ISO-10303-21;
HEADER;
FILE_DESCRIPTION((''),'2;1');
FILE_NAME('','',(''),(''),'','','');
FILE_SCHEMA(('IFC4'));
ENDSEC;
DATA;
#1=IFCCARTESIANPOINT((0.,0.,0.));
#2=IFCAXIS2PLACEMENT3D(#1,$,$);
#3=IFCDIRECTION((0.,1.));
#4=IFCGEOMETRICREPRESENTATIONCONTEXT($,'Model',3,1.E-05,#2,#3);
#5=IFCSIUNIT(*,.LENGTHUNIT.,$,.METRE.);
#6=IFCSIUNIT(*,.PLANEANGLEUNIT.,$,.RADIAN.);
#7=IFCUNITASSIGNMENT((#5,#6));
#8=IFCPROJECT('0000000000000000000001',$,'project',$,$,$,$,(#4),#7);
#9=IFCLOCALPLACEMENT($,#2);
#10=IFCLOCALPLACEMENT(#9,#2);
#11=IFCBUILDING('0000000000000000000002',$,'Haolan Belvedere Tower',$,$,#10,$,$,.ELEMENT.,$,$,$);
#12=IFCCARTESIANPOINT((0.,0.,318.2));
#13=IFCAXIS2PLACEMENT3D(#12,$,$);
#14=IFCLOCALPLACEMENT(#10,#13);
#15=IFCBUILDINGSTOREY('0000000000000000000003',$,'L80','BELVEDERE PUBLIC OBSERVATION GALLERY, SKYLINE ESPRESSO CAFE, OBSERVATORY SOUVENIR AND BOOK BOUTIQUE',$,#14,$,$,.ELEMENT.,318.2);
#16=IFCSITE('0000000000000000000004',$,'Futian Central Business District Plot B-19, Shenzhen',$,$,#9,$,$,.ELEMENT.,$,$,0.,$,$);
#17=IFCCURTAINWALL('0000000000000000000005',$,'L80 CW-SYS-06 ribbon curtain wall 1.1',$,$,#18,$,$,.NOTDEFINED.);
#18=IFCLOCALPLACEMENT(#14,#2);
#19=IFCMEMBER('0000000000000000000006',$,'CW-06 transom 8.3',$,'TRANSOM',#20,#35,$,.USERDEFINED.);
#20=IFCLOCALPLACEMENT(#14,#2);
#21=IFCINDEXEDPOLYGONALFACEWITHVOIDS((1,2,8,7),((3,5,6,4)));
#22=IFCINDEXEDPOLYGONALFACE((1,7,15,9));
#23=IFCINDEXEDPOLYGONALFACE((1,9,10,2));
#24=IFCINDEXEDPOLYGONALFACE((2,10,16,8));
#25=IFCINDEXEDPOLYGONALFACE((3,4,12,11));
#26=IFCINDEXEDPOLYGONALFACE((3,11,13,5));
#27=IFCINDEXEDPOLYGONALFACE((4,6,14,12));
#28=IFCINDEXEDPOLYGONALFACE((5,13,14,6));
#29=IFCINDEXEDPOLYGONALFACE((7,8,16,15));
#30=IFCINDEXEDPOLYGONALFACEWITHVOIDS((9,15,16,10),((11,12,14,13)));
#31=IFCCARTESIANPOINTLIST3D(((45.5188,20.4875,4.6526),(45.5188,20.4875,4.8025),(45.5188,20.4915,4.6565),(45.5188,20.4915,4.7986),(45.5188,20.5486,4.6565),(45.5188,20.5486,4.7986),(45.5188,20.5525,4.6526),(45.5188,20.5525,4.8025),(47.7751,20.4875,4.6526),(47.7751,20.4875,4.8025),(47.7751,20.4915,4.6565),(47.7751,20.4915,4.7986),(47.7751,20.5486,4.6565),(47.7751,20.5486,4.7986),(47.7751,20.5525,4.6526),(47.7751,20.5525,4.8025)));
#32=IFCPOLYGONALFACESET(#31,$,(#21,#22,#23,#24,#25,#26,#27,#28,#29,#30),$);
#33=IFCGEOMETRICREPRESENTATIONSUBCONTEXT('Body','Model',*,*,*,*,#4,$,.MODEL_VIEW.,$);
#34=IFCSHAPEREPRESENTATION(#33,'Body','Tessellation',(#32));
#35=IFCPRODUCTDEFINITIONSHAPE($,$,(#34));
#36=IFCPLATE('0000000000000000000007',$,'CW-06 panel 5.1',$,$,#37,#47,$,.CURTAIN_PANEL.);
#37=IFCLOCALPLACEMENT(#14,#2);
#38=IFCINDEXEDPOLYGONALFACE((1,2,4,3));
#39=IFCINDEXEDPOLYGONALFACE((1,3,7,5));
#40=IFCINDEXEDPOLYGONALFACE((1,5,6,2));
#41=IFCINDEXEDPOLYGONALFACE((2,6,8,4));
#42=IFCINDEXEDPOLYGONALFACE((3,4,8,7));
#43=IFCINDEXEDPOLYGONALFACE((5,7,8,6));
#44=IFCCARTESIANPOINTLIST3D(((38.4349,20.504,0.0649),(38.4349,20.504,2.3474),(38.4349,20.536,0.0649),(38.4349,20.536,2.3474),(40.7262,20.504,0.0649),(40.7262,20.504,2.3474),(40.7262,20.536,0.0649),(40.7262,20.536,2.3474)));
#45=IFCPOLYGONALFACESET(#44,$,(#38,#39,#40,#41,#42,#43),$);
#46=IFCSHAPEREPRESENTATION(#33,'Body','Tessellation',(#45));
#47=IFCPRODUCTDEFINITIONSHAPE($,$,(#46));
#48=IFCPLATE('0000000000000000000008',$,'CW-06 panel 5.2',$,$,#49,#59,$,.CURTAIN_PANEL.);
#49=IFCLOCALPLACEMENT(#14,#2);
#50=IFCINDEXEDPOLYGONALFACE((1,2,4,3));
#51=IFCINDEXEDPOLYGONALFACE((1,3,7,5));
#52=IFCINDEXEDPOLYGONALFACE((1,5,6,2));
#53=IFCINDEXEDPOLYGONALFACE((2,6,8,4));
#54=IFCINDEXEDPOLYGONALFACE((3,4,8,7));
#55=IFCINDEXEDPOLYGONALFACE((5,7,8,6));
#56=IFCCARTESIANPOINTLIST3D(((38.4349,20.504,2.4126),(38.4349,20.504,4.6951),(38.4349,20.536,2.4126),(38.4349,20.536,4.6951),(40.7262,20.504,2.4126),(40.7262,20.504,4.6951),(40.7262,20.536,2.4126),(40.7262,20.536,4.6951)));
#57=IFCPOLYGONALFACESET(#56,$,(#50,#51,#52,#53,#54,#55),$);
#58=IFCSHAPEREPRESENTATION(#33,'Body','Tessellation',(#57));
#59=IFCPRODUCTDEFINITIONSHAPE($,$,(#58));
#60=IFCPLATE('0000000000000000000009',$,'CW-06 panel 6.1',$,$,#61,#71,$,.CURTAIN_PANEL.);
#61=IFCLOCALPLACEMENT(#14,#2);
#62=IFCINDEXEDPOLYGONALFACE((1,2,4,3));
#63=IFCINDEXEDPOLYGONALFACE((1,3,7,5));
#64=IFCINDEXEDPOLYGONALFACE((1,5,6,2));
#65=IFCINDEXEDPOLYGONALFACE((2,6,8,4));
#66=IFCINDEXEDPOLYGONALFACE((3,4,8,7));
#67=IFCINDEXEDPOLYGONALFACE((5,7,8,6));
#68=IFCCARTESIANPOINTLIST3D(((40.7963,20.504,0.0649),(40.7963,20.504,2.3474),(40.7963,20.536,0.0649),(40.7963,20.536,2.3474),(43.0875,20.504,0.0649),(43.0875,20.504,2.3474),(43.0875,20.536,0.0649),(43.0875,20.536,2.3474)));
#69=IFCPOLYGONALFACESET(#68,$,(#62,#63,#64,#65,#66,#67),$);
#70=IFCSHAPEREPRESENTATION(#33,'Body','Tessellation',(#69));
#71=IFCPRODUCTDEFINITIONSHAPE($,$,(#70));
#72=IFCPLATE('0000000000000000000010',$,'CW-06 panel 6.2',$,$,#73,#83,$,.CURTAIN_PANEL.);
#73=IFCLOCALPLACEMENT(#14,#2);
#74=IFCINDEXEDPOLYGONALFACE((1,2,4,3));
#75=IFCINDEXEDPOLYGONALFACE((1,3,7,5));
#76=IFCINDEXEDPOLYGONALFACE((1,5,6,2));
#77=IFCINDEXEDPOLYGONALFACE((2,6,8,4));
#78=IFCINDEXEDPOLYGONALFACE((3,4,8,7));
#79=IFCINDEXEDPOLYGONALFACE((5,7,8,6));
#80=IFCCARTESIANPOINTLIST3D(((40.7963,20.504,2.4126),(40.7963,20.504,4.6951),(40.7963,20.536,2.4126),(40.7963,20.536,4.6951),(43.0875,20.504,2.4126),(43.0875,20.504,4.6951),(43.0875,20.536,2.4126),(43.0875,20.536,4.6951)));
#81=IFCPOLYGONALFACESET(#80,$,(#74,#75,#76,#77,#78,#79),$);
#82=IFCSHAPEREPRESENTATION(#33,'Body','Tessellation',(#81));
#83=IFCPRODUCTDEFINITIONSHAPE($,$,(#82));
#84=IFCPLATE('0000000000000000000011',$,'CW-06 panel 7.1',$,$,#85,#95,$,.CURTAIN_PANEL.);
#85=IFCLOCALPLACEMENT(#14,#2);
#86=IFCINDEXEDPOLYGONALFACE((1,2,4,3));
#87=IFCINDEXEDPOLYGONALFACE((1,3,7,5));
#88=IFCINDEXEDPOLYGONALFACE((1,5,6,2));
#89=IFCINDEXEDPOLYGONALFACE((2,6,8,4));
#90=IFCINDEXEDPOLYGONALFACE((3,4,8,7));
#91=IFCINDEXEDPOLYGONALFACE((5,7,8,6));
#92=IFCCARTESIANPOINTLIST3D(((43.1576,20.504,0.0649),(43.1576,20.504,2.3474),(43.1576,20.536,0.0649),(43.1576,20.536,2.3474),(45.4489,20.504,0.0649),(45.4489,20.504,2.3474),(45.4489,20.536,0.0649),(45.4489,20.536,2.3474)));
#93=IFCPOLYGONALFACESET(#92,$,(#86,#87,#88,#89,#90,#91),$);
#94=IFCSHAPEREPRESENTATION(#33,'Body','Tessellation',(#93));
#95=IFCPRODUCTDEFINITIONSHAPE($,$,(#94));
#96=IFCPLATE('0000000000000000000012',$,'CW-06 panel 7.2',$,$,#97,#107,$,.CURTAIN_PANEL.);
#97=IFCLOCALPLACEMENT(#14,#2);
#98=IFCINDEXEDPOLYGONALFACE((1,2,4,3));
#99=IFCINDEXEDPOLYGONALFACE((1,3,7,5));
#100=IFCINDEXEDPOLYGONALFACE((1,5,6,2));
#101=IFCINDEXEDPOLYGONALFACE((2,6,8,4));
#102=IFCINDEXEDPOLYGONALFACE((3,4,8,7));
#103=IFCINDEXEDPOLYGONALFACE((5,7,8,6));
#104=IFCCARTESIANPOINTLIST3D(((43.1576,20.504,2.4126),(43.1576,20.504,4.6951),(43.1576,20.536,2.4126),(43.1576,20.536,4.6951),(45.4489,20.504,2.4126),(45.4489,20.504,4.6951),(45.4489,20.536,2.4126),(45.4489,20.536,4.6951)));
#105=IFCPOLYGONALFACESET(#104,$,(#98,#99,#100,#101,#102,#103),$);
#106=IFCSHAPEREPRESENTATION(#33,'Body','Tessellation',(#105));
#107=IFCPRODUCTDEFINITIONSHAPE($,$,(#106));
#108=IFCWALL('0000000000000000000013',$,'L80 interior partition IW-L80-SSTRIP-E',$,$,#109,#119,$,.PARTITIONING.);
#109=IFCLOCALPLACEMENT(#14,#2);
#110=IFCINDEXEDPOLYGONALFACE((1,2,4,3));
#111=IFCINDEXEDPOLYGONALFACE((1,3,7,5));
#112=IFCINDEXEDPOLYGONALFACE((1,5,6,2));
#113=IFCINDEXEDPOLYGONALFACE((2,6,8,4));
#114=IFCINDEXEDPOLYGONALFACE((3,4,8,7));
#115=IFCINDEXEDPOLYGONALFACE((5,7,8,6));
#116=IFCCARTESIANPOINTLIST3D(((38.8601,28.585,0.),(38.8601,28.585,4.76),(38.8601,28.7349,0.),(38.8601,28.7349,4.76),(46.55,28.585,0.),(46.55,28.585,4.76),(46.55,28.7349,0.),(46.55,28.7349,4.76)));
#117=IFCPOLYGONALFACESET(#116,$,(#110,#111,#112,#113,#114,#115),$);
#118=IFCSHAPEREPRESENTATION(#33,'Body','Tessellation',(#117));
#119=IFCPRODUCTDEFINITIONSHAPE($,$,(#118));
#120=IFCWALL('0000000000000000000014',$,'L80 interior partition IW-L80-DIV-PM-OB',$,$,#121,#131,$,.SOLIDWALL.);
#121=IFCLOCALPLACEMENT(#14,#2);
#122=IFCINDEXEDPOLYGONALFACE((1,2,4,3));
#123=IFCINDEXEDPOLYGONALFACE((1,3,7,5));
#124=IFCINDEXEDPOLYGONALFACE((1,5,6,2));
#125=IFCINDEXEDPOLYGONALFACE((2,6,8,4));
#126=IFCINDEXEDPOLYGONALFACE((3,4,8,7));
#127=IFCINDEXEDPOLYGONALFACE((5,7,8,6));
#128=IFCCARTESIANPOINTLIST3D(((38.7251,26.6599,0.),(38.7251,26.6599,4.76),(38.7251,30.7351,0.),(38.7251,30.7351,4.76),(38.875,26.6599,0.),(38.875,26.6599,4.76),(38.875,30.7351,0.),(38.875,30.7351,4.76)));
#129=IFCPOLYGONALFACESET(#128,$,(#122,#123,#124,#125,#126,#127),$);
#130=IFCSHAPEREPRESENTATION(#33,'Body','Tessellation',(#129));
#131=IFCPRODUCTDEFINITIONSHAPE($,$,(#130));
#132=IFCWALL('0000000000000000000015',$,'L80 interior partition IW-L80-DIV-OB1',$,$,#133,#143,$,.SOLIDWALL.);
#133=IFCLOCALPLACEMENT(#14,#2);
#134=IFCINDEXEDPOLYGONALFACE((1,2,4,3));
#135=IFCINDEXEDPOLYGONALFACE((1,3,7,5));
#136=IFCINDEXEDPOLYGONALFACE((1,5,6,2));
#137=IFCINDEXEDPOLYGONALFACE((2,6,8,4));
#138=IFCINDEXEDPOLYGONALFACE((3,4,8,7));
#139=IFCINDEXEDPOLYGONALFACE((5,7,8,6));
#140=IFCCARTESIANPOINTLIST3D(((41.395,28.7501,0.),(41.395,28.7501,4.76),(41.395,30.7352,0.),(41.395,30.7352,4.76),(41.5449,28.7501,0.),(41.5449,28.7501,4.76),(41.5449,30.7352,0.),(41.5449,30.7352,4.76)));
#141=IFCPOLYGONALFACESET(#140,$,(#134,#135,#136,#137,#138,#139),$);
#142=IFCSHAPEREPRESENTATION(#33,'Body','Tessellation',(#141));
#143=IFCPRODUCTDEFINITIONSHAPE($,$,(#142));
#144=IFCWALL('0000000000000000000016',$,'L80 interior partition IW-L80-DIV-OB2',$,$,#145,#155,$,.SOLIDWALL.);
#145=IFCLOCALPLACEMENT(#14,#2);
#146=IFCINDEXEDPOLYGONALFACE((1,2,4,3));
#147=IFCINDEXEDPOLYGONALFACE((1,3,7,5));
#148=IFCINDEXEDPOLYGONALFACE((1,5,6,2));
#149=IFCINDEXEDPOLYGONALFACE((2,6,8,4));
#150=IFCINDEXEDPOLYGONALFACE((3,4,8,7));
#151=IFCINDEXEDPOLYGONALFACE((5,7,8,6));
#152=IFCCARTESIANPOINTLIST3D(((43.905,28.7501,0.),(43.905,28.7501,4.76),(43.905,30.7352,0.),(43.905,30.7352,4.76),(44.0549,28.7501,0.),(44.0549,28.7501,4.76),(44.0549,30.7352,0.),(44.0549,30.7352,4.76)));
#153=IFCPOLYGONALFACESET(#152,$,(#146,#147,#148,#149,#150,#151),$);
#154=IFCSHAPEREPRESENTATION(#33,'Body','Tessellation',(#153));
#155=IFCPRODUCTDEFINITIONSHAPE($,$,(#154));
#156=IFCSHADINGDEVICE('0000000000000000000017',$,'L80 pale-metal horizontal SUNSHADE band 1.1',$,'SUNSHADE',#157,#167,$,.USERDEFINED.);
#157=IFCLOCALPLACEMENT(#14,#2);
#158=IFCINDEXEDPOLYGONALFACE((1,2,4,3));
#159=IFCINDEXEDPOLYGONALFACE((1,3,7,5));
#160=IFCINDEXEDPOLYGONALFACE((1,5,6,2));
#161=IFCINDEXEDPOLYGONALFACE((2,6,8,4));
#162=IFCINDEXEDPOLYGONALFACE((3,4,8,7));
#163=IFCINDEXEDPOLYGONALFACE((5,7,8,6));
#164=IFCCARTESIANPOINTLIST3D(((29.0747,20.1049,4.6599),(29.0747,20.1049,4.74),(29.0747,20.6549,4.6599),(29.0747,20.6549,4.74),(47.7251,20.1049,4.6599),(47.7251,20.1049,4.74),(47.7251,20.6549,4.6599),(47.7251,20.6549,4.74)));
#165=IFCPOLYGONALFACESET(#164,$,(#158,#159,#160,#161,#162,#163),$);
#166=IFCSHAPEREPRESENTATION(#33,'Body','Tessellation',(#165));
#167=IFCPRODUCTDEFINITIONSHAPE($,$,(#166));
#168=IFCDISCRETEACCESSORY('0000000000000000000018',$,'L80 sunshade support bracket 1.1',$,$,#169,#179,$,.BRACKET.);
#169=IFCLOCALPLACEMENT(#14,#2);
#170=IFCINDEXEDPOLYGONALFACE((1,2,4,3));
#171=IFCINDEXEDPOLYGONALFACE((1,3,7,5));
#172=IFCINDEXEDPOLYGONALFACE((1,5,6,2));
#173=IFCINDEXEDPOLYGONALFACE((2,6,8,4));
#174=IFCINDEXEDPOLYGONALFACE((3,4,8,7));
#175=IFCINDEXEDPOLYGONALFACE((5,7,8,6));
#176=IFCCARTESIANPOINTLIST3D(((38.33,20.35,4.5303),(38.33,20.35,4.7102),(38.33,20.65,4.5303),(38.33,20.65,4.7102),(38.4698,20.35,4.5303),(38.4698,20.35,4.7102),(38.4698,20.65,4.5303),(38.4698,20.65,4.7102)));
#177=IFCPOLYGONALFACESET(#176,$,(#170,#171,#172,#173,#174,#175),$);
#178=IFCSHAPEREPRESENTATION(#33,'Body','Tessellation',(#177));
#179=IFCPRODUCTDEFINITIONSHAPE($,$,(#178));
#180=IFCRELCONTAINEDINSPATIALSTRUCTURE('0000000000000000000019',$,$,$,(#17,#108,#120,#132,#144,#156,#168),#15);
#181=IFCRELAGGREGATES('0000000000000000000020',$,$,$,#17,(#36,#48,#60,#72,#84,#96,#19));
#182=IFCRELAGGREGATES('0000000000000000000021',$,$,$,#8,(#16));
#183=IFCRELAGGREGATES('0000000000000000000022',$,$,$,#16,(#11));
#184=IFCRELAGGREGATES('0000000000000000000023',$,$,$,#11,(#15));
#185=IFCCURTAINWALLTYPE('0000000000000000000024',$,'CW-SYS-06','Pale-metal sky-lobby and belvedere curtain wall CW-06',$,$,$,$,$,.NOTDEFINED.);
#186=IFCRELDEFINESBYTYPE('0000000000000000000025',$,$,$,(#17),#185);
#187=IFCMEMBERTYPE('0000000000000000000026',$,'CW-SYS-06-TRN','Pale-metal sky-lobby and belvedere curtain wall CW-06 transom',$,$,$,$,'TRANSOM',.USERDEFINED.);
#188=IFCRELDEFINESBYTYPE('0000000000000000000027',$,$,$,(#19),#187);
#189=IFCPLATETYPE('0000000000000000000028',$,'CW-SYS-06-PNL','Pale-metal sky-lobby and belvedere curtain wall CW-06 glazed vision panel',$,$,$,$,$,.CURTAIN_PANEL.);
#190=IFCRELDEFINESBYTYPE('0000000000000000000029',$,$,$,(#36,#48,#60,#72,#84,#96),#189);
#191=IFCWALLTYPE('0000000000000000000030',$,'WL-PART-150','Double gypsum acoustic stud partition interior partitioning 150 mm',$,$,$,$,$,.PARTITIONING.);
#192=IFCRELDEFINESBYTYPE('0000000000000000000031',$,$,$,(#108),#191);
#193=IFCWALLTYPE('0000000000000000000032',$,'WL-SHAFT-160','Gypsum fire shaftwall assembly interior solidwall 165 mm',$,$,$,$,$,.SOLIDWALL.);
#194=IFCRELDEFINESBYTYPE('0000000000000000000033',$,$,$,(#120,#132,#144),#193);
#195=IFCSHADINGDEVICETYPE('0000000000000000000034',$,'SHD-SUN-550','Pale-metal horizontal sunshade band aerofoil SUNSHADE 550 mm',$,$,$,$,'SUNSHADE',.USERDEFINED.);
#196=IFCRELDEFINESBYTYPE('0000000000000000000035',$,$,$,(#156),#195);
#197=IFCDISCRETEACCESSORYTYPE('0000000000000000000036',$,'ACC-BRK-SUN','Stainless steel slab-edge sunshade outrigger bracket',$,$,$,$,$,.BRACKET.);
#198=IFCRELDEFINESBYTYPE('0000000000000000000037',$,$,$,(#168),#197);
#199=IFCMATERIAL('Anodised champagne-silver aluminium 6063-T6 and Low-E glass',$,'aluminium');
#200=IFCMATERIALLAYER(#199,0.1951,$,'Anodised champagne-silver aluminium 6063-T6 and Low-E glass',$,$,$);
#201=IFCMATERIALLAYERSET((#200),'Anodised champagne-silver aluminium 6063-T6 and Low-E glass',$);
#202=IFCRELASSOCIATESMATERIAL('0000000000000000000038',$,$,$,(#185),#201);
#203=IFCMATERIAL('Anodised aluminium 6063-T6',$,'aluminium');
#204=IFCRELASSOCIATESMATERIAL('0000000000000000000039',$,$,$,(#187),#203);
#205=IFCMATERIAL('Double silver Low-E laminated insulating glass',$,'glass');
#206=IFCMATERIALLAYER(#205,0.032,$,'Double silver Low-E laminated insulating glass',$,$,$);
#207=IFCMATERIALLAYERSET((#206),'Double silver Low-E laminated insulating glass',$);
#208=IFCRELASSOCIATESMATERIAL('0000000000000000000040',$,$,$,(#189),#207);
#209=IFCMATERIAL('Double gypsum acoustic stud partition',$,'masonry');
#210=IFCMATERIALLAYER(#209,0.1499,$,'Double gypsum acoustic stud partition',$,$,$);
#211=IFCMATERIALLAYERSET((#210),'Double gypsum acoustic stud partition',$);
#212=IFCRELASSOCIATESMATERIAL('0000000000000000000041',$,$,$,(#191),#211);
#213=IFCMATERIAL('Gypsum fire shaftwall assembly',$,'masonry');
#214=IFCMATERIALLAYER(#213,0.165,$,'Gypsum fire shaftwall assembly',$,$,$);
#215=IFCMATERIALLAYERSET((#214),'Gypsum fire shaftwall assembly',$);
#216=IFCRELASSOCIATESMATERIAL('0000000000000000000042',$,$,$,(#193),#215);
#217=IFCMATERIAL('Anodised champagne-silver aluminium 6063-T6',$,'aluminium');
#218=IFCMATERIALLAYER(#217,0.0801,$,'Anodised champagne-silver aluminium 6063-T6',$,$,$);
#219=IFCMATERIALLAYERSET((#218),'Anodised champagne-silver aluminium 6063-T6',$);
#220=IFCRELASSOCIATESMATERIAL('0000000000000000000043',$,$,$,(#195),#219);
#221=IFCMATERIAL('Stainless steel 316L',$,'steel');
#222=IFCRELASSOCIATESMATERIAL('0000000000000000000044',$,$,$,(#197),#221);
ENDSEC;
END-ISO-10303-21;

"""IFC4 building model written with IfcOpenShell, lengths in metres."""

from ifc_helpers import new_model, si_unit, direction, frame, frame_2d, origin, origin_2d, place, context, subcontext, project, spatial, rectangle, hollow_rectangle, extrude, material, layer, layer_set, material_profile, profile_set, type_object, element, aggregate, save


model = new_model("IFC4")

# Units and contexts
model_context = context("Model", 3, precision=1e-05, world=origin(), true_north=direction((0.0, 1.0)))
body_context = subcontext(model_context, "Body", "Model", "MODEL_VIEW")
ifc_project = project(units=[si_unit("LENGTHUNIT", "METRE"), si_unit("PLANEANGLEUNIT", "RADIAN")], contexts=[model_context])

# Site, building, storey
site_placement = place(None, origin())
site = spatial("IfcSite", under=ifc_project, at=site_placement, Name="Futian Central Business District Plot B-19, Shenzhen", CompositionType="ELEMENT", RefElevation=0.0)
building_placement = place(site_placement, origin())
building = spatial("IfcBuilding", under=site, at=building_placement, Name="Haolan Belvedere Tower", CompositionType="ELEMENT")
storey_placement = place(building_placement, frame((0.0, 0.0, 318.2)))
storey = spatial("IfcBuildingStorey", under=building, at=storey_placement, Name="L80", Description="BELVEDERE PUBLIC OBSERVATION GALLERY, SKYLINE ESPRESSO CAFE, OBSERVATORY SOUVENIR AND BOOK BOUTIQUE", CompositionType="ELEMENT", Elevation=318.2)

# Curtain wall, member, plates
ifc_material_1 = material(Name="Anodised champagne-silver aluminium 6063-T6 and Low-E glass", Category="aluminium")
ifc_layer_1 = layer(ifc_material_1, 0.1951, Name="Anodised champagne-silver aluminium 6063-T6 and Low-E glass")
ifc_layer_set_1 = layer_set([ifc_layer_1], Name="Anodised champagne-silver aluminium 6063-T6 and Low-E glass")
curtain_wall_type = type_object("IfcCurtainWallType", Name="CW-SYS-06", Description="Pale-metal sky-lobby and belvedere curtain wall CW-06", PredefinedType="NOTDEFINED", material=ifc_layer_set_1)
curtain_wall_placement = place(storey_placement, origin())
curtain_wall = element("IfcCurtainWall", 1, at=curtain_wall_placement, inside=storey, type_object=curtain_wall_type, Name="L80 CW-SYS-06 ribbon curtain wall 1.1", PredefinedType="NOTDEFINED")
ifc_material_2 = material(Name="Anodised aluminium 6063-T6", Category="aluminium")
ifc_material_profile_1 = material_profile(ifc_material_2, hollow_rectangle(XDim=0.0649, YDim=0.1499, WallThickness=0.0039, at=origin_2d()), Name="Anodised aluminium 6063-T6")
ifc_profile_set_1 = profile_set([ifc_material_profile_1], Name="Anodised aluminium 6063-T6")
member_type_1 = type_object("IfcMemberType", Name="CW-SYS-06-TRN", Description="Pale-metal sky-lobby and belvedere curtain wall CW-06 transom", ElementType="TRANSOM", PredefinedType="USERDEFINED", material=ifc_profile_set_1)
member_1_placement = place(storey_placement, frame((45.5188, 20.52, 4.7275), z_axis=(1.0, 0.0, 0.0), x_axis=(0.0, 1.0, 0.0)))
member_1 = element("IfcMember", 2, at=member_1_placement, type_object=member_type_1, Name="CW-06 transom 8.3", ObjectType="TRANSOM", PredefinedType="USERDEFINED", context=body_context, shape_type="SweptSolid", body=[
    extrude(hollow_rectangle(XDim=0.0649, YDim=0.1499, WallThickness=0.0039, at=origin_2d()), origin(), (0.0, 0.0, 1.0), 2.2563),
])
ifc_material_3 = material(Name="Double silver Low-E laminated insulating glass", Category="glass")
ifc_layer_2 = layer(ifc_material_3, 0.032, Name="Double silver Low-E laminated insulating glass")
ifc_layer_set_2 = layer_set([ifc_layer_2], Name="Double silver Low-E laminated insulating glass")
plate_type = type_object("IfcPlateType", Name="CW-SYS-06-PNL", Description="Pale-metal sky-lobby and belvedere curtain wall CW-06 glazed vision panel", PredefinedType="CURTAIN_PANEL", material=ifc_layer_set_2)
plate_1_placement = place(storey_placement, frame((39.5806, 20.52, 0.0649), z_axis=(0.0, 0.0, 1.0), x_axis=(1.0, 0.0, 0.0)))
plate_1 = element("IfcPlate", 3, at=plate_1_placement, type_object=plate_type, Name="CW-06 panel 5.1", PredefinedType="CURTAIN_PANEL", context=body_context, shape_type="SweptSolid", body=[
    extrude(rectangle(XDim=2.2913, YDim=0.032, at=origin_2d()), origin(), (0.0, 0.0, 1.0), 2.2825),
])
plate_2_placement = place(storey_placement, frame((39.5806, 20.52, 2.4126), z_axis=(0.0, 0.0, 1.0), x_axis=(1.0, 0.0, 0.0)))
plate_2 = element("IfcPlate", 4, at=plate_2_placement, type_object=plate_type, Name="CW-06 panel 5.2", PredefinedType="CURTAIN_PANEL", context=body_context, shape_type="SweptSolid", body=[
    extrude(rectangle(XDim=2.2913, YDim=0.032, at=origin_2d()), origin(), (0.0, 0.0, 1.0), 2.2825),
])
plate_3_placement = place(storey_placement, frame((41.9419, 20.52, 0.0649), z_axis=(0.0, 0.0, 1.0), x_axis=(1.0, 0.0, 0.0)))
plate_3 = element("IfcPlate", 5, at=plate_3_placement, type_object=plate_type, Name="CW-06 panel 6.1", PredefinedType="CURTAIN_PANEL", context=body_context, shape_type="SweptSolid", body=[
    extrude(rectangle(XDim=2.2913, YDim=0.032, at=origin_2d()), origin(), (0.0, 0.0, 1.0), 2.2825),
])
plate_4_placement = place(storey_placement, frame((41.9419, 20.52, 2.4126), z_axis=(0.0, 0.0, 1.0), x_axis=(1.0, 0.0, 0.0)))
plate_4 = element("IfcPlate", 6, at=plate_4_placement, type_object=plate_type, Name="CW-06 panel 6.2", PredefinedType="CURTAIN_PANEL", context=body_context, shape_type="SweptSolid", body=[
    extrude(rectangle(XDim=2.2913, YDim=0.032, at=origin_2d()), origin(), (0.0, 0.0, 1.0), 2.2825),
])
plate_5_placement = place(storey_placement, frame((44.3032, 20.52, 0.0649), z_axis=(0.0, 0.0, 1.0), x_axis=(1.0, 0.0, 0.0)))
plate_5 = element("IfcPlate", 7, at=plate_5_placement, type_object=plate_type, Name="CW-06 panel 7.1", PredefinedType="CURTAIN_PANEL", context=body_context, shape_type="SweptSolid", body=[
    extrude(rectangle(XDim=2.2913, YDim=0.032, at=origin_2d()), origin(), (0.0, 0.0, 1.0), 2.2825),
])
plate_6_placement = place(storey_placement, frame((44.3032, 20.52, 2.4126), z_axis=(0.0, 0.0, 1.0), x_axis=(1.0, 0.0, 0.0)))
plate_6 = element("IfcPlate", 8, at=plate_6_placement, type_object=plate_type, Name="CW-06 panel 7.2", PredefinedType="CURTAIN_PANEL", context=body_context, shape_type="SweptSolid", body=[
    extrude(rectangle(XDim=2.2913, YDim=0.032, at=origin_2d()), origin(), (0.0, 0.0, 1.0), 2.2825),
])
aggregate(curtain_wall, [plate_1, plate_2, plate_3, plate_4, plate_5, plate_6, member_1])

# Walls
ifc_material_4 = material(Name="Double gypsum acoustic stud partition", Category="masonry")
ifc_layer_3 = layer(ifc_material_4, 0.1499, Name="Double gypsum acoustic stud partition")
ifc_layer_set_3 = layer_set([ifc_layer_3], Name="Double gypsum acoustic stud partition")
wall_type_1 = type_object("IfcWallType", Name="WL-PART-150", Description="Double gypsum acoustic stud partition interior partitioning 150 mm", PredefinedType="PARTITIONING", material=ifc_layer_set_3)
wall_1_placement = place(storey_placement, frame((38.8601, 28.6599, 0.0), z_axis=(0.0, 0.0, 1.0), x_axis=(1.0, 0.0, 0.0)))
element("IfcWall", 9, at=wall_1_placement, inside=storey, type_object=wall_type_1, Name="L80 interior partition IW-L80-SSTRIP-E", PredefinedType="PARTITIONING", context=body_context, shape_type="SweptSolid", body=[
    extrude(rectangle(XDim=7.6899, YDim=0.1499, at=frame_2d((3.845, 0.0))), origin(), (0.0, 0.0, 1.0), 4.76),
])
ifc_material_5 = material(Name="Gypsum fire shaftwall assembly", Category="masonry")
ifc_layer_4 = layer(ifc_material_5, 0.165, Name="Gypsum fire shaftwall assembly")
ifc_layer_set_4 = layer_set([ifc_layer_4], Name="Gypsum fire shaftwall assembly")
wall_type_2 = type_object("IfcWallType", Name="WL-SHAFT-160", Description="Gypsum fire shaftwall assembly interior solidwall 165 mm", PredefinedType="SOLIDWALL", material=ifc_layer_set_4)
wall_2_placement = place(storey_placement, frame((38.8, 26.6599, 0.0), z_axis=(0.0, 0.0, 1.0), x_axis=(0.0, 1.0, 0.0)))
element("IfcWall", 10, at=wall_2_placement, inside=storey, type_object=wall_type_2, Name="L80 interior partition IW-L80-DIV-PM-OB", PredefinedType="SOLIDWALL", context=body_context, shape_type="SweptSolid", body=[
    extrude(rectangle(XDim=4.0752, YDim=0.1499, at=frame_2d((2.0376, 0.0))), origin(), (0.0, 0.0, 1.0), 4.76),
])
for number, where, z_axis, x_axis, name in (
    (11, (41.47, 28.75, 0.0), (0.0, 0.0, 1.0), (0.0, 1.0, 0.0), "L80 interior partition IW-L80-DIV-OB1"),
    (12, (43.98, 28.75, 0.0), (0.0, 0.0, 1.0), (0.0, 1.0, 0.0), "L80 interior partition IW-L80-DIV-OB2"),
):
    element("IfcWall", number, at=place(storey_placement, frame(where, z_axis=z_axis, x_axis=x_axis)), inside=storey, type_object=wall_type_2, Name=name, PredefinedType="SOLIDWALL", context=body_context, shape_type="SweptSolid", body=[
        extrude(rectangle(XDim=1.9851, YDim=0.1499, at=frame_2d((0.9927, 0.0))), origin(), (0.0, 0.0, 1.0), 4.76),
    ])

# Shading device
ifc_material_6 = material(Name="Anodised champagne-silver aluminium 6063-T6", Category="aluminium")
ifc_layer_5 = layer(ifc_material_6, 0.0801, Name="Anodised champagne-silver aluminium 6063-T6")
ifc_layer_set_5 = layer_set([ifc_layer_5], Name="Anodised champagne-silver aluminium 6063-T6")
shading_device_type = type_object("IfcShadingDeviceType", Name="SHD-SUN-550", Description="Pale-metal horizontal sunshade band aerofoil SUNSHADE 550 mm", ElementType="SUNSHADE", PredefinedType="USERDEFINED", material=ifc_layer_set_5)
shading_device_placement = place(storey_placement, frame((38.3999, 20.3799, 4.6599), z_axis=(0.0, 0.0, 1.0), x_axis=(1.0, 0.0, 0.0)))
element("IfcShadingDevice", 13, at=shading_device_placement, inside=storey, type_object=shading_device_type, Name="L80 pale-metal horizontal SUNSHADE band 1.1", ObjectType="SUNSHADE", PredefinedType="USERDEFINED", context=body_context, shape_type="SweptSolid", body=[
    extrude(rectangle(XDim=18.6504, YDim=0.55, at=origin_2d()), origin(), (0.0, 0.0, 1.0), 0.0801),
])

# Discrete accessory
ifc_material_7 = material(Name="Stainless steel 316L", Category="steel")
discrete_accessory_type = type_object("IfcDiscreteAccessoryType", Name="ACC-BRK-SUN", Description="Stainless steel slab-edge sunshade outrigger bracket", PredefinedType="BRACKET", material=ifc_material_7)
discrete_accessory_placement = place(storey_placement, frame((38.3999, 20.5, 4.5303), z_axis=(0.0, 0.0, 1.0), x_axis=(1.0, 0.0, 0.0)))
element("IfcDiscreteAccessory", 14, at=discrete_accessory_placement, inside=storey, type_object=discrete_accessory_type, Name="L80 sunshade support bracket 1.1", PredefinedType="BRACKET", context=body_context, shape_type="SweptSolid", body=[
    extrude(rectangle(XDim=0.1399, YDim=0.3, at=origin_2d()), origin(), (0.0, 0.0, 1.0), 0.1799),
])

save(model, "model.ifc")
